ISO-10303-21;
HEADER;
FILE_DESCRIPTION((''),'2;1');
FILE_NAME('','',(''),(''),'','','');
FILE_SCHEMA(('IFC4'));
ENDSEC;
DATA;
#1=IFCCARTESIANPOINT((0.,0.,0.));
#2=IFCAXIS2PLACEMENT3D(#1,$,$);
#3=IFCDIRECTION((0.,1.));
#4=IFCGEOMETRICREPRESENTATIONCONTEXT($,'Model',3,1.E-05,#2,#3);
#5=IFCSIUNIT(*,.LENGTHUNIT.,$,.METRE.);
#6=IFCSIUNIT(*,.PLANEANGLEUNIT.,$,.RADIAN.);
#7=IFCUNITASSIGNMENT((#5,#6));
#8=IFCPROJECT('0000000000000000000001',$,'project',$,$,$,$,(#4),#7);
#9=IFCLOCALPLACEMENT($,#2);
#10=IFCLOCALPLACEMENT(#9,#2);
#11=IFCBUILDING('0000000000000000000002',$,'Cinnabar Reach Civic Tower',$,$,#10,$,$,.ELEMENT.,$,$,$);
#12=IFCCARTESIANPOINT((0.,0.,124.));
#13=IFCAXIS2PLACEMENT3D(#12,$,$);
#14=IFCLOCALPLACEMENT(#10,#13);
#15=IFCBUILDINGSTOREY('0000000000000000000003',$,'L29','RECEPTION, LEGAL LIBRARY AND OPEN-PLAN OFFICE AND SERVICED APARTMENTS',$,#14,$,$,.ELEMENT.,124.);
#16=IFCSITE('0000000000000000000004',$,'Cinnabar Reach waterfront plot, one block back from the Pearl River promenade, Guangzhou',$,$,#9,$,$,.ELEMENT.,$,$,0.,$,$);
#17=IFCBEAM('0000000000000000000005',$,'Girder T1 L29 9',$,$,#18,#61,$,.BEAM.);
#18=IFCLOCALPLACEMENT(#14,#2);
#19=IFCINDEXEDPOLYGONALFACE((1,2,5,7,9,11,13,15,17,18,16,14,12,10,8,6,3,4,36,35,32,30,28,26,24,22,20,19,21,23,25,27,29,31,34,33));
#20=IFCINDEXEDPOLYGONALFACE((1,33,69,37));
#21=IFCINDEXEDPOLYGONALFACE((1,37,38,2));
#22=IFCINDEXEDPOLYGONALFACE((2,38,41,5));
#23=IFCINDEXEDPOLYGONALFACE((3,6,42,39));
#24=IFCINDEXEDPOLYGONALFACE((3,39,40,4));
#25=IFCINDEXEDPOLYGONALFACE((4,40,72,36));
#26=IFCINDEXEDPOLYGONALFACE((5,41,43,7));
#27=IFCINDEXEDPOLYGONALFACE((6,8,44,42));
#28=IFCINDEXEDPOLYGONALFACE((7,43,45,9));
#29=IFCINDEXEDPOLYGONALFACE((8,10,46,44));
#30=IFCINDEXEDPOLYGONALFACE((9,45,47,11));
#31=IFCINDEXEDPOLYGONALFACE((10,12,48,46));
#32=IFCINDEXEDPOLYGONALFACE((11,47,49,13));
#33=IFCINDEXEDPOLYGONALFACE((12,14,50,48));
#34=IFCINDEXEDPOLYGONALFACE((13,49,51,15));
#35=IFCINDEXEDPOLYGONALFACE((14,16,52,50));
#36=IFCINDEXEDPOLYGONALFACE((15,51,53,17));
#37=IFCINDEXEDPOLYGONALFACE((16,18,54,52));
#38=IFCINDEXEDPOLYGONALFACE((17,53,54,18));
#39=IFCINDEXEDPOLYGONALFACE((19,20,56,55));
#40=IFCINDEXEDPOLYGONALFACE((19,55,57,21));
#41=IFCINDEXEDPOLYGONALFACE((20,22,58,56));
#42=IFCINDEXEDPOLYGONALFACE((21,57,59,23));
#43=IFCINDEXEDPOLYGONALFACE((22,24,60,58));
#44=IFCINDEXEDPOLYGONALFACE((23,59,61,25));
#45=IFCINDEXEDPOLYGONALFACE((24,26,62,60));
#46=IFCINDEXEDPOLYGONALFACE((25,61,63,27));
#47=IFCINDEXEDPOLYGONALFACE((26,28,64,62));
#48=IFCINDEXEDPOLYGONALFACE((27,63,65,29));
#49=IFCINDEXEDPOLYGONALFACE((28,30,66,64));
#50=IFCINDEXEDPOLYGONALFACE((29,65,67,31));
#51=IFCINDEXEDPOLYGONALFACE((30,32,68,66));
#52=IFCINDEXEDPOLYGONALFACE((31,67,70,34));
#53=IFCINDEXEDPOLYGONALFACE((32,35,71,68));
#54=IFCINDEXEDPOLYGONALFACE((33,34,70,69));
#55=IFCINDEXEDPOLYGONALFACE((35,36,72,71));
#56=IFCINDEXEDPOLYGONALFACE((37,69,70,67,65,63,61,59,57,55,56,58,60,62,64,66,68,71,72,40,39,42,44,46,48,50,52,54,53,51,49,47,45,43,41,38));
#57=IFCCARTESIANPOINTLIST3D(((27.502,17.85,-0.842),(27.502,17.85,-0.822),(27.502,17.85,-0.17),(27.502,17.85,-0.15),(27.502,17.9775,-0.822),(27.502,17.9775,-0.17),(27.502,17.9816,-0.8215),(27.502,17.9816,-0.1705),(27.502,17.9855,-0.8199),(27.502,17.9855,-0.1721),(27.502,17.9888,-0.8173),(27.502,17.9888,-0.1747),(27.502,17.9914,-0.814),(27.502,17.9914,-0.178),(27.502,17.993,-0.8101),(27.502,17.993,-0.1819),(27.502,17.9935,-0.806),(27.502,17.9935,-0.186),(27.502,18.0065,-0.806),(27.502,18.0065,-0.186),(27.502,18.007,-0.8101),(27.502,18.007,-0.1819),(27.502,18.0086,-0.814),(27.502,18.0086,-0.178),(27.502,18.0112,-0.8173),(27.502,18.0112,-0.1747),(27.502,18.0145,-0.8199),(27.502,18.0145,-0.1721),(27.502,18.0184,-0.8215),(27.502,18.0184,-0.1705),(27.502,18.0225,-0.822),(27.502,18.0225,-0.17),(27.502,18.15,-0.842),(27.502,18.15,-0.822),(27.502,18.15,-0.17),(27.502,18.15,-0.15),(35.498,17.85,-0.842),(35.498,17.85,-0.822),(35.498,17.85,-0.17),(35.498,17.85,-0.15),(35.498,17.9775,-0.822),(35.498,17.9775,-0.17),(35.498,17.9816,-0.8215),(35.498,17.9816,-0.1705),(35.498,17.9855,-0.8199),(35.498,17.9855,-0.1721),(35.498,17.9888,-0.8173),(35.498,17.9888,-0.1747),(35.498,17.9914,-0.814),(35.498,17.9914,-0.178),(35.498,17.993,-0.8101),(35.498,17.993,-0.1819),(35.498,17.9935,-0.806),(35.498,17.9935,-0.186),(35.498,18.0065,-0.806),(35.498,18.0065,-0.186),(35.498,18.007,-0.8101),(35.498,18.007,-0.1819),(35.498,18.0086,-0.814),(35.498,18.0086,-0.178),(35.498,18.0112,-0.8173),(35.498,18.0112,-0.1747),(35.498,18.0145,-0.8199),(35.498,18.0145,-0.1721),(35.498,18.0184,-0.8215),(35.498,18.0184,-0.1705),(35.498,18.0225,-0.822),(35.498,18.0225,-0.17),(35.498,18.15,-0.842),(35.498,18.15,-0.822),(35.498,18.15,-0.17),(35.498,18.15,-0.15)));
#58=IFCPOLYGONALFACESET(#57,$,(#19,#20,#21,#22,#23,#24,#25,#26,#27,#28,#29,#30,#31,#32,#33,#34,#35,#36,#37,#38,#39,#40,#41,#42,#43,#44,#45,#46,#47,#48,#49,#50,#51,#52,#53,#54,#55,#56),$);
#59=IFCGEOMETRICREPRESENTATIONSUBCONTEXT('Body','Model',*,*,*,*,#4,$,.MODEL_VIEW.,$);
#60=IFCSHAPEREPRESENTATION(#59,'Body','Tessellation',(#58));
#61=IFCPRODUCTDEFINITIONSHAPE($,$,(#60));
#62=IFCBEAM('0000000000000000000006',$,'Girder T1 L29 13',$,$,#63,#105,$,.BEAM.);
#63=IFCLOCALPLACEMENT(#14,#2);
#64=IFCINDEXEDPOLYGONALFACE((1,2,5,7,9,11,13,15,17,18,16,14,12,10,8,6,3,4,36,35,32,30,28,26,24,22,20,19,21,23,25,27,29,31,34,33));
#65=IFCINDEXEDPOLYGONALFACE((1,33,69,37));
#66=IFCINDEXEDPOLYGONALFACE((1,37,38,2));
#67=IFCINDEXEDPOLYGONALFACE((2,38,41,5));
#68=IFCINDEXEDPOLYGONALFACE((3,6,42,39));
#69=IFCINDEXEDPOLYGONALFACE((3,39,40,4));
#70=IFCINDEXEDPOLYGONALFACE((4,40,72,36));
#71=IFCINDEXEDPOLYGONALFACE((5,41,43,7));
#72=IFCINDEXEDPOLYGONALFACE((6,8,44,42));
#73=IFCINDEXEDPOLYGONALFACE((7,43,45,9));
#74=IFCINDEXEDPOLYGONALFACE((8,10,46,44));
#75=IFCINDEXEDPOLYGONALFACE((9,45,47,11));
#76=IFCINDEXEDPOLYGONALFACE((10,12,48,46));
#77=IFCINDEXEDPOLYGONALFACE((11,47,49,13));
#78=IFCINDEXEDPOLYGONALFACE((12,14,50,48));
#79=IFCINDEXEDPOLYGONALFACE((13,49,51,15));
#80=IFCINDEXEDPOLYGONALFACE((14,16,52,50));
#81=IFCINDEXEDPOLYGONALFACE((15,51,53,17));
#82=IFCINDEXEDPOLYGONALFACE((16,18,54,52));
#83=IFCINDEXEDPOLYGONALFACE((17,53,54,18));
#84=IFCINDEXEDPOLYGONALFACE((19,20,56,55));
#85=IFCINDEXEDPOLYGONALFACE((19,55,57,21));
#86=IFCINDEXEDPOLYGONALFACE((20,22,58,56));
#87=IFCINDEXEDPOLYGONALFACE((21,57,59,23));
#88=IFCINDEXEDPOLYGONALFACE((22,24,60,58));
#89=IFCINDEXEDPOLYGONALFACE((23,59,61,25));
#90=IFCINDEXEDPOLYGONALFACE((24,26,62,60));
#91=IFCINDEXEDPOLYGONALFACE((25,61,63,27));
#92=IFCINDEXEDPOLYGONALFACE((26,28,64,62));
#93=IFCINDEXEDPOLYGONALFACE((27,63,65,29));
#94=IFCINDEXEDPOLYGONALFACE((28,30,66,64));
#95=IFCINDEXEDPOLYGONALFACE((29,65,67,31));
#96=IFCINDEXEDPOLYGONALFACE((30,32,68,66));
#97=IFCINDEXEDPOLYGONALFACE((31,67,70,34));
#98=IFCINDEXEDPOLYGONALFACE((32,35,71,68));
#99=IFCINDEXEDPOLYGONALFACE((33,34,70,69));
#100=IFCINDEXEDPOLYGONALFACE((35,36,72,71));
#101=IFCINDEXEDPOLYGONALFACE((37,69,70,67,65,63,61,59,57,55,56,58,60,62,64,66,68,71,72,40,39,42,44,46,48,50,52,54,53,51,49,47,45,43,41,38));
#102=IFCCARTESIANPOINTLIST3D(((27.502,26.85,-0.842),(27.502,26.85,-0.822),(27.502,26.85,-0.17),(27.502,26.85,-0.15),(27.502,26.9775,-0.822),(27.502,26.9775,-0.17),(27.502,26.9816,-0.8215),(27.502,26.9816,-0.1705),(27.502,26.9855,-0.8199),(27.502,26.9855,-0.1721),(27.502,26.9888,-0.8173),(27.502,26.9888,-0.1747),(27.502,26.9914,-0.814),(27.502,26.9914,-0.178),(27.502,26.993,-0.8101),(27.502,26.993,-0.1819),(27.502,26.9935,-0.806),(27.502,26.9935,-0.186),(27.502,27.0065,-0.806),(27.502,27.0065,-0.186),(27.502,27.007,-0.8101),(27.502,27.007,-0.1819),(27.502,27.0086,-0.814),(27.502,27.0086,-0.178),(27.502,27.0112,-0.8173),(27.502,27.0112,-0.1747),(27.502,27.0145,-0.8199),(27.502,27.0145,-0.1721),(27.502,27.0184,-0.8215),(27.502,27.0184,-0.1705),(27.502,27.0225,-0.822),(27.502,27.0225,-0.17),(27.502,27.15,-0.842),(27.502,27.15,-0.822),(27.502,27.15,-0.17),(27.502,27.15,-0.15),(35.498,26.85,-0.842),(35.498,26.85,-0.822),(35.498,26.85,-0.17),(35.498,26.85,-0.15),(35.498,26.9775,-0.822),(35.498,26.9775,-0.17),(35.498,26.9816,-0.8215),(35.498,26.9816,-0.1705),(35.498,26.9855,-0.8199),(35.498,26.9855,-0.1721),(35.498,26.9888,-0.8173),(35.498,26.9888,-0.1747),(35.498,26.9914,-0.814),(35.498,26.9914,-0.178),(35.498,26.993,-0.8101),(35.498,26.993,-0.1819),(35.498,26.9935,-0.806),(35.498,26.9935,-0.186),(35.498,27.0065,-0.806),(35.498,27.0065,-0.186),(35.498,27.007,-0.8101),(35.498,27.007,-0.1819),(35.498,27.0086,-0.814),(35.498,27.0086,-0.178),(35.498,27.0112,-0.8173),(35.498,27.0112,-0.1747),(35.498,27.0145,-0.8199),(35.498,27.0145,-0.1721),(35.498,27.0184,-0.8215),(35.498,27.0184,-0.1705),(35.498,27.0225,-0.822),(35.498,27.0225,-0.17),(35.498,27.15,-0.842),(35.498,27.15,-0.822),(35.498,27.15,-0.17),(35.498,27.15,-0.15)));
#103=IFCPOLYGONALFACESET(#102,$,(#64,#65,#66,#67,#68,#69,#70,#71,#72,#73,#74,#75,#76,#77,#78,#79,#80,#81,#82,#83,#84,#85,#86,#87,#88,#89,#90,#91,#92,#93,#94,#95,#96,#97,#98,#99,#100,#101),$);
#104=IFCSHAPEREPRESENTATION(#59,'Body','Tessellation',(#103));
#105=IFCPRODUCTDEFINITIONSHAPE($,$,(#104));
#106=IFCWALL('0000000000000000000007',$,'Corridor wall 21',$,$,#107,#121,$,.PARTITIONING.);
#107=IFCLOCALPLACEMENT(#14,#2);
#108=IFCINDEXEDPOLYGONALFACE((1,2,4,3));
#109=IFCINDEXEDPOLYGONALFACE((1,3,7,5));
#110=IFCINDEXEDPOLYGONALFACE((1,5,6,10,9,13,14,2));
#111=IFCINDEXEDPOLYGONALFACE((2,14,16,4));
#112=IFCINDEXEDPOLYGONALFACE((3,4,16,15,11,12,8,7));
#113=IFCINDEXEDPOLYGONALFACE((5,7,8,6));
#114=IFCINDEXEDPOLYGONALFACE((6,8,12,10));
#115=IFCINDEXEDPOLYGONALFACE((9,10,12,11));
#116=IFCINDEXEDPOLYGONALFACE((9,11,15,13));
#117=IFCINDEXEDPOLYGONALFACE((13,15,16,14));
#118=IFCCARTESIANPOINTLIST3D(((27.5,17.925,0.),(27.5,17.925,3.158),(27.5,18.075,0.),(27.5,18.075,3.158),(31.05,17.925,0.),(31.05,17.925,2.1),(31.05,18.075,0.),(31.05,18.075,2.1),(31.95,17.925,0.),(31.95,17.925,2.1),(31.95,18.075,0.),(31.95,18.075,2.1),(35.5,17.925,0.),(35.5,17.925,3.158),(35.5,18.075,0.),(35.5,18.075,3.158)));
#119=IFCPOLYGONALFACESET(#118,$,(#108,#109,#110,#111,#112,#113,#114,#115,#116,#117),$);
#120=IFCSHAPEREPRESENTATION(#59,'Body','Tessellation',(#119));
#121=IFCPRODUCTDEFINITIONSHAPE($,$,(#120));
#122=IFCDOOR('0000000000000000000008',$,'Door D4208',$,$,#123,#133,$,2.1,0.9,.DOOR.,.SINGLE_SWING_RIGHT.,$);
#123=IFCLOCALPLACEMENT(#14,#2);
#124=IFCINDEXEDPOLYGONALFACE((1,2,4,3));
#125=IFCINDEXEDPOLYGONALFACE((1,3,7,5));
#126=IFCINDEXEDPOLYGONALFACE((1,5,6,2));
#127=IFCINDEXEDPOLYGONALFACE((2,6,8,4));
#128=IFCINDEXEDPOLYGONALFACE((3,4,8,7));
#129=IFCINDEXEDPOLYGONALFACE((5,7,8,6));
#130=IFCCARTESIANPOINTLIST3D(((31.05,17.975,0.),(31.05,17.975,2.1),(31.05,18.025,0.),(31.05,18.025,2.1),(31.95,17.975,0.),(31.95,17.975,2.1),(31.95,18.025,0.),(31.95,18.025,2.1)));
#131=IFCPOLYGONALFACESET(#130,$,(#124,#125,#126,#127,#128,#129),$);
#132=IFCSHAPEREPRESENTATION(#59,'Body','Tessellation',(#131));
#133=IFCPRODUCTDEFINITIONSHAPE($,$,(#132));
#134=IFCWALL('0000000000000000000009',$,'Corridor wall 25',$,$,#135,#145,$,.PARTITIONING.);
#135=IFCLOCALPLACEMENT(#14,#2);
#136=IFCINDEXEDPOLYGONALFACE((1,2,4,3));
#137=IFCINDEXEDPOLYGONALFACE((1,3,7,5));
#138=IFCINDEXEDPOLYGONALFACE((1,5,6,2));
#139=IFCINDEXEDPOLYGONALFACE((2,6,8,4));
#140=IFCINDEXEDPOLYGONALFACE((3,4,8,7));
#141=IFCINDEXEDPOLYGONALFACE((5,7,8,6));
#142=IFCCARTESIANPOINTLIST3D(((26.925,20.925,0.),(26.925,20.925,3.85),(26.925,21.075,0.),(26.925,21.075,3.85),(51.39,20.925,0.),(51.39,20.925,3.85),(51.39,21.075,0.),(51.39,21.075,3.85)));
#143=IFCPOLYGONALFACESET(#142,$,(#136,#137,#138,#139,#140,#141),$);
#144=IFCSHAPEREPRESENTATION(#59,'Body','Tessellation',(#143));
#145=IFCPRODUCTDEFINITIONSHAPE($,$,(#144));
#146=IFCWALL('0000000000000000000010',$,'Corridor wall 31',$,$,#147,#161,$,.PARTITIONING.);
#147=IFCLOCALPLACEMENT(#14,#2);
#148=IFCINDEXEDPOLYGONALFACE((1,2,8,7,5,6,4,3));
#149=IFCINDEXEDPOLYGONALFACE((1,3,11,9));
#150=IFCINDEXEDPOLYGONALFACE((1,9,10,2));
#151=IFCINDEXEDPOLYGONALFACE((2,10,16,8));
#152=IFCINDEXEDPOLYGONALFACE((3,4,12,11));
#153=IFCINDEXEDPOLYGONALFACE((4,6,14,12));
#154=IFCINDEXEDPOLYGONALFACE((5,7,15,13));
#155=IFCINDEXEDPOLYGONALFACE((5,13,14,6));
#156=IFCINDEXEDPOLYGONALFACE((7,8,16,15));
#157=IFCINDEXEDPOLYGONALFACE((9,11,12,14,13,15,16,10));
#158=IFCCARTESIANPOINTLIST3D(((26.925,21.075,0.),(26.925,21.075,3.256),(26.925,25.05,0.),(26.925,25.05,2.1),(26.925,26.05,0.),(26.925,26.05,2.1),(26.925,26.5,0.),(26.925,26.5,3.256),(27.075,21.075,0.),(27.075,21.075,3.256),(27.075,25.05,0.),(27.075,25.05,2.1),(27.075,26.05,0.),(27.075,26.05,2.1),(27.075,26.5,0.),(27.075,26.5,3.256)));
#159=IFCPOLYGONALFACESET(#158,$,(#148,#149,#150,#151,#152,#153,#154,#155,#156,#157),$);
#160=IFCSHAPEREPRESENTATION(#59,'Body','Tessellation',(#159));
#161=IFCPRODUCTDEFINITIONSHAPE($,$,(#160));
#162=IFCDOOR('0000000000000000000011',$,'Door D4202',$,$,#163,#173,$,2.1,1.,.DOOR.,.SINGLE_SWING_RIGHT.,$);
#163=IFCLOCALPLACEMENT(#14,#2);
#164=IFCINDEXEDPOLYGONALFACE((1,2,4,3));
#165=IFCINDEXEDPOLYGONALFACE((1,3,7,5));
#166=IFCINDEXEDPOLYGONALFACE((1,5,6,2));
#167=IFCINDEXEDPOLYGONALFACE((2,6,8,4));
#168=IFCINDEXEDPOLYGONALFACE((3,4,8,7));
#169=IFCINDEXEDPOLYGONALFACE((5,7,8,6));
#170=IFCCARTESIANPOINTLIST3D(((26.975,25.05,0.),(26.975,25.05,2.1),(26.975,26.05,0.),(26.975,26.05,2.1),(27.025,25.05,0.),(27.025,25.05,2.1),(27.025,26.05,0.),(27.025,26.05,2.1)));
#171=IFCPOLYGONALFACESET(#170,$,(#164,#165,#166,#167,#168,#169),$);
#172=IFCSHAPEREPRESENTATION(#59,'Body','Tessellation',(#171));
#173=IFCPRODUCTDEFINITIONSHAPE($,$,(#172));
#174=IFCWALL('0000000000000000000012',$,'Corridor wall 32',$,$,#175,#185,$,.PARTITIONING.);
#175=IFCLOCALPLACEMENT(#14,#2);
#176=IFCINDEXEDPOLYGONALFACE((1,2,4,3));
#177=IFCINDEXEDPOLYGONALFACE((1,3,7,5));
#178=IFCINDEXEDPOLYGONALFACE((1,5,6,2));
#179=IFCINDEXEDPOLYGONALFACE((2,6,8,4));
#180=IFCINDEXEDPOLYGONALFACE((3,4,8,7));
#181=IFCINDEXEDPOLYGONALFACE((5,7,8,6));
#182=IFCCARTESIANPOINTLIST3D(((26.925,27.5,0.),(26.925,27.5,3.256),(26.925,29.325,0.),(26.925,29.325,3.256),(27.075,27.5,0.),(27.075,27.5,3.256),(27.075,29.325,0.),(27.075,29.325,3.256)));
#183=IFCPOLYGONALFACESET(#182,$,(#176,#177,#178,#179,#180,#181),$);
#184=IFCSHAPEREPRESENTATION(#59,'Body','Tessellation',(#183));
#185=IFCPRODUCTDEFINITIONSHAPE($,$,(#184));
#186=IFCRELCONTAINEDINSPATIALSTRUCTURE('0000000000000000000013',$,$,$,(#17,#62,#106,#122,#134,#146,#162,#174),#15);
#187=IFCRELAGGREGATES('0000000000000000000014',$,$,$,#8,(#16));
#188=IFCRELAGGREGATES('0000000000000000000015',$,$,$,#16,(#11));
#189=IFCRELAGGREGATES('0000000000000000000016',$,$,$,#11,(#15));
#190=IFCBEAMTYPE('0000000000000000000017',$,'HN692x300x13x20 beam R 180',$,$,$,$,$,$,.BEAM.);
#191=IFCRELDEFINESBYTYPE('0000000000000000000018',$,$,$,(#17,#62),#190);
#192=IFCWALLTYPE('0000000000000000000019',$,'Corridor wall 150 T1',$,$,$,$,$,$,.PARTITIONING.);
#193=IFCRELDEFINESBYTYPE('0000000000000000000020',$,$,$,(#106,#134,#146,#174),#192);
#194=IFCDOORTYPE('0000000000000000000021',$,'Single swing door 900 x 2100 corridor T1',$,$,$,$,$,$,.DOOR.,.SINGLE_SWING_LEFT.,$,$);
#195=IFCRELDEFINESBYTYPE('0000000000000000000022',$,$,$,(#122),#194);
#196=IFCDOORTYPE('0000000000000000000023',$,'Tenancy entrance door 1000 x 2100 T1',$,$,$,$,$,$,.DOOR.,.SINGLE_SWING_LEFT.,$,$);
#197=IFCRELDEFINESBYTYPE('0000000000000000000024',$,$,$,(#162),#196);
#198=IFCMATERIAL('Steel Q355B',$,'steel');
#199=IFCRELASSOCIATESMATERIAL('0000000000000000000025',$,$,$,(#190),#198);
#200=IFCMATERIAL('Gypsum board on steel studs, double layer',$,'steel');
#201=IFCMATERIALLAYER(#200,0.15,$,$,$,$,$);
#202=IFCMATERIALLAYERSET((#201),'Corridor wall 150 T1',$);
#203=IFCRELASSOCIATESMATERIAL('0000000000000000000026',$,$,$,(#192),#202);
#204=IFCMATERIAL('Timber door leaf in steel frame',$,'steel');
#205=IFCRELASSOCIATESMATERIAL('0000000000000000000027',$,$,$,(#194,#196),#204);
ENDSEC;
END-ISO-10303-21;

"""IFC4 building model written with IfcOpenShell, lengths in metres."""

from ifc_helpers import new_model, si_unit, direction, frame, frame_2d, origin, origin_2d, place, context, subcontext, project, spatial, rectangle, i_section, extrude, material, layer, layer_set, material_profile, profile_set, type_object, element, fill, save


model = new_model("IFC4")

# Units and contexts
model_context = context("Model", 3, precision=1e-05, world=origin(), true_north=direction((0.0, 1.0)))
body_context = subcontext(model_context, "Body", "Model", "MODEL_VIEW")
ifc_project = project(units=[si_unit("LENGTHUNIT", "METRE"), si_unit("PLANEANGLEUNIT", "RADIAN")], contexts=[model_context])

# Site, building, storey
site_placement = place(None, origin())
site = spatial("IfcSite", under=ifc_project, at=site_placement, Name="Cinnabar Reach waterfront plot, one block back from the Pearl River promenade, Guangzhou", CompositionType="ELEMENT", RefElevation=0.0)
building_placement = place(site_placement, origin())
building = spatial("IfcBuilding", under=site, at=building_placement, Name="Cinnabar Reach Civic Tower", CompositionType="ELEMENT")
storey_placement = place(building_placement, frame((0.0, 0.0, 124.0)))
storey = spatial("IfcBuildingStorey", under=building, at=storey_placement, Name="L29", Description="RECEPTION, LEGAL LIBRARY AND OPEN-PLAN OFFICE AND SERVICED APARTMENTS", CompositionType="ELEMENT", Elevation=124.0)

# Beams
ifc_material_1 = material(Name="Steel Q355B", Category="steel")
ifc_material_profile_1 = material_profile(ifc_material_1, i_section(OverallWidth=0.3, OverallDepth=0.692, WebThickness=0.013, FlangeThickness=0.02, FilletRadius=0.016, at=origin_2d()), Name="HN692x300x13x20")
ifc_profile_set_1 = profile_set([ifc_material_profile_1], Name="Steel Q355B")
beam_type_1 = type_object("IfcBeamType", Name="HN692x300x13x20 beam R 180", PredefinedType="BEAM", material=ifc_profile_set_1)
for number, where, z_axis, x_axis, name in (
    (1, (27.502, 18.0, -0.496), (1.0, 0.0, 0.0), (0.0, 1.0, 0.0), "Girder T1 L29 9"),
    (2, (27.502, 27.0, -0.496), (1.0, 0.0, 0.0), (0.0, 1.0, 0.0), "Girder T1 L29 13"),
):
    element("IfcBeam", number, at=place(storey_placement, frame(where, z_axis=z_axis, x_axis=x_axis)), inside=storey, type_object=beam_type_1, Name=name, PredefinedType="BEAM", context=body_context, shape_type="SweptSolid", body=[
        extrude(i_section(OverallWidth=0.3, OverallDepth=0.692, WebThickness=0.013, FlangeThickness=0.02, FilletRadius=0.016, at=origin_2d()), origin(), (0.0, 0.0, 1.0), 7.996),
    ])

# Wall, opening, door
ifc_material_2 = material(Name="Gypsum board on steel studs, double layer", Category="steel")
ifc_layer_1 = layer(ifc_material_2, 0.15)
ifc_layer_set_1 = layer_set([ifc_layer_1], Name="Corridor wall 150 T1")
wall_type_1 = type_object("IfcWallType", Name="Corridor wall 150 T1", PredefinedType="PARTITIONING", material=ifc_layer_set_1)
wall_1_placement = place(storey_placement, frame((27.5, 18.0, 0.0), z_axis=(0.0, 0.0, 1.0), x_axis=(1.0, 0.0, 0.0)))
wall_1 = element("IfcWall", 3, at=wall_1_placement, inside=storey, type_object=wall_type_1, Name="Corridor wall 21", PredefinedType="PARTITIONING", context=body_context, shape_type="SweptSolid", body=[
    extrude(rectangle(XDim=8.0, YDim=0.15, at=frame_2d((4.0, 0.0))), origin(), (0.0, 0.0, 1.0), 3.158),
])
opening_1_placement = place(wall_1_placement, frame((3.55, 0.0, 0.0)))
opening_1 = element("IfcOpeningElement", 4, at=opening_1_placement, cuts=wall_1, PredefinedType="OPENING", context=body_context, shape_type="SweptSolid", body=[
    extrude(rectangle(XDim=0.9, YDim=2.1, at=frame_2d((0.45, 1.05))), frame((0.0, 0.085, 0.0), z_axis=(0.0, -1.0, 0.0), x_axis=(1.0, 0.0, 0.0)), (0.0, 0.0, 1.0), 0.17),
])
ifc_material_3 = material(Name="Timber door leaf in steel frame", Category="steel")
door_type_1 = type_object("IfcDoorType", Name="Single swing door 900 x 2100 corridor T1", OperationType="SINGLE_SWING_LEFT", PredefinedType="DOOR", material=ifc_material_3)
door_1_placement = place(opening_1_placement, frame((0.9, 0.0, 0.0), z_axis=(0.0, 0.0, 1.0), x_axis=(-1.0, 0.0, 0.0)))
door_1 = element("IfcDoor", 5, at=door_1_placement, inside=storey, type_object=door_type_1, Name="Door D4208", OperationType="SINGLE_SWING_RIGHT", OverallHeight=2.1, OverallWidth=0.9, PredefinedType="DOOR", context=body_context, shape_type="SweptSolid", body=[
    extrude(rectangle(XDim=0.9, YDim=2.1, at=frame_2d((0.45, 1.05))), frame((0.0, 0.025, 0.0), z_axis=(0.0, -1.0, 0.0), x_axis=(1.0, 0.0, 0.0)), (0.0, 0.0, 1.0), 0.05),
])
fill(opening_1, door_1)

# Wall
wall_2_placement = place(storey_placement, frame((26.925, 21.0, 0.0), z_axis=(0.0, 0.0, 1.0), x_axis=(1.0, 0.0, 0.0)))
element("IfcWall", 6, at=wall_2_placement, inside=storey, type_object=wall_type_1, Name="Corridor wall 25", PredefinedType="PARTITIONING", context=body_context, shape_type="SweptSolid", body=[
    extrude(rectangle(XDim=24.465, YDim=0.15, at=frame_2d((12.2325, 0.0))), origin(), (0.0, 0.0, 1.0), 3.85),
])

# Wall, opening, door
wall_3_placement = place(storey_placement, frame((27.0, 21.075, 0.0), z_axis=(0.0, 0.0, 1.0), x_axis=(0.0, 1.0, 0.0)))
wall_3 = element("IfcWall", 7, at=wall_3_placement, inside=storey, type_object=wall_type_1, Name="Corridor wall 31", PredefinedType="PARTITIONING", context=body_context, shape_type="SweptSolid", body=[
    extrude(rectangle(XDim=5.425, YDim=0.15, at=frame_2d((2.7125, 0.0))), origin(), (0.0, 0.0, 1.0), 3.256),
])
opening_2_placement = place(wall_3_placement, frame((3.975, 0.0, 0.0)))
opening_2 = element("IfcOpeningElement", 8, at=opening_2_placement, cuts=wall_3, PredefinedType="OPENING", context=body_context, shape_type="SweptSolid", body=[
    extrude(rectangle(XDim=1.0, YDim=2.1, at=frame_2d((0.5, 1.05))), frame((0.0, 0.085, 0.0), z_axis=(0.0, -1.0, 0.0), x_axis=(1.0, 0.0, 0.0)), (0.0, 0.0, 1.0), 0.17),
])
door_type_2 = type_object("IfcDoorType", Name="Tenancy entrance door 1000 x 2100 T1", OperationType="SINGLE_SWING_LEFT", PredefinedType="DOOR", material=ifc_material_3)
door_2_placement = place(opening_2_placement, frame((1.0, 0.0, 0.0), z_axis=(0.0, 0.0, 1.0), x_axis=(-1.0, 0.0, 0.0)))
door_2 = element("IfcDoor", 9, at=door_2_placement, inside=storey, type_object=door_type_2, Name="Door D4202", OperationType="SINGLE_SWING_RIGHT", OverallHeight=2.1, OverallWidth=1.0, PredefinedType="DOOR", context=body_context, shape_type="SweptSolid", body=[
    extrude(rectangle(XDim=1.0, YDim=2.1, at=frame_2d((0.5, 1.05))), frame((0.0, 0.025, 0.0), z_axis=(0.0, -1.0, 0.0), x_axis=(1.0, 0.0, 0.0)), (0.0, 0.0, 1.0), 0.05),
])
fill(opening_2, door_2)

# Wall
wall_4_placement = place(storey_placement, frame((27.0, 27.5, 0.0), z_axis=(0.0, 0.0, 1.0), x_axis=(0.0, 1.0, 0.0)))
element("IfcWall", 10, at=wall_4_placement, inside=storey, type_object=wall_type_1, Name="Corridor wall 32", PredefinedType="PARTITIONING", context=body_context, shape_type="SweptSolid", body=[
    extrude(rectangle(XDim=1.825, YDim=0.15, at=frame_2d((0.9125, 0.0))), origin(), (0.0, 0.0, 1.0), 3.256),
])

save(model, "model.ifc")
